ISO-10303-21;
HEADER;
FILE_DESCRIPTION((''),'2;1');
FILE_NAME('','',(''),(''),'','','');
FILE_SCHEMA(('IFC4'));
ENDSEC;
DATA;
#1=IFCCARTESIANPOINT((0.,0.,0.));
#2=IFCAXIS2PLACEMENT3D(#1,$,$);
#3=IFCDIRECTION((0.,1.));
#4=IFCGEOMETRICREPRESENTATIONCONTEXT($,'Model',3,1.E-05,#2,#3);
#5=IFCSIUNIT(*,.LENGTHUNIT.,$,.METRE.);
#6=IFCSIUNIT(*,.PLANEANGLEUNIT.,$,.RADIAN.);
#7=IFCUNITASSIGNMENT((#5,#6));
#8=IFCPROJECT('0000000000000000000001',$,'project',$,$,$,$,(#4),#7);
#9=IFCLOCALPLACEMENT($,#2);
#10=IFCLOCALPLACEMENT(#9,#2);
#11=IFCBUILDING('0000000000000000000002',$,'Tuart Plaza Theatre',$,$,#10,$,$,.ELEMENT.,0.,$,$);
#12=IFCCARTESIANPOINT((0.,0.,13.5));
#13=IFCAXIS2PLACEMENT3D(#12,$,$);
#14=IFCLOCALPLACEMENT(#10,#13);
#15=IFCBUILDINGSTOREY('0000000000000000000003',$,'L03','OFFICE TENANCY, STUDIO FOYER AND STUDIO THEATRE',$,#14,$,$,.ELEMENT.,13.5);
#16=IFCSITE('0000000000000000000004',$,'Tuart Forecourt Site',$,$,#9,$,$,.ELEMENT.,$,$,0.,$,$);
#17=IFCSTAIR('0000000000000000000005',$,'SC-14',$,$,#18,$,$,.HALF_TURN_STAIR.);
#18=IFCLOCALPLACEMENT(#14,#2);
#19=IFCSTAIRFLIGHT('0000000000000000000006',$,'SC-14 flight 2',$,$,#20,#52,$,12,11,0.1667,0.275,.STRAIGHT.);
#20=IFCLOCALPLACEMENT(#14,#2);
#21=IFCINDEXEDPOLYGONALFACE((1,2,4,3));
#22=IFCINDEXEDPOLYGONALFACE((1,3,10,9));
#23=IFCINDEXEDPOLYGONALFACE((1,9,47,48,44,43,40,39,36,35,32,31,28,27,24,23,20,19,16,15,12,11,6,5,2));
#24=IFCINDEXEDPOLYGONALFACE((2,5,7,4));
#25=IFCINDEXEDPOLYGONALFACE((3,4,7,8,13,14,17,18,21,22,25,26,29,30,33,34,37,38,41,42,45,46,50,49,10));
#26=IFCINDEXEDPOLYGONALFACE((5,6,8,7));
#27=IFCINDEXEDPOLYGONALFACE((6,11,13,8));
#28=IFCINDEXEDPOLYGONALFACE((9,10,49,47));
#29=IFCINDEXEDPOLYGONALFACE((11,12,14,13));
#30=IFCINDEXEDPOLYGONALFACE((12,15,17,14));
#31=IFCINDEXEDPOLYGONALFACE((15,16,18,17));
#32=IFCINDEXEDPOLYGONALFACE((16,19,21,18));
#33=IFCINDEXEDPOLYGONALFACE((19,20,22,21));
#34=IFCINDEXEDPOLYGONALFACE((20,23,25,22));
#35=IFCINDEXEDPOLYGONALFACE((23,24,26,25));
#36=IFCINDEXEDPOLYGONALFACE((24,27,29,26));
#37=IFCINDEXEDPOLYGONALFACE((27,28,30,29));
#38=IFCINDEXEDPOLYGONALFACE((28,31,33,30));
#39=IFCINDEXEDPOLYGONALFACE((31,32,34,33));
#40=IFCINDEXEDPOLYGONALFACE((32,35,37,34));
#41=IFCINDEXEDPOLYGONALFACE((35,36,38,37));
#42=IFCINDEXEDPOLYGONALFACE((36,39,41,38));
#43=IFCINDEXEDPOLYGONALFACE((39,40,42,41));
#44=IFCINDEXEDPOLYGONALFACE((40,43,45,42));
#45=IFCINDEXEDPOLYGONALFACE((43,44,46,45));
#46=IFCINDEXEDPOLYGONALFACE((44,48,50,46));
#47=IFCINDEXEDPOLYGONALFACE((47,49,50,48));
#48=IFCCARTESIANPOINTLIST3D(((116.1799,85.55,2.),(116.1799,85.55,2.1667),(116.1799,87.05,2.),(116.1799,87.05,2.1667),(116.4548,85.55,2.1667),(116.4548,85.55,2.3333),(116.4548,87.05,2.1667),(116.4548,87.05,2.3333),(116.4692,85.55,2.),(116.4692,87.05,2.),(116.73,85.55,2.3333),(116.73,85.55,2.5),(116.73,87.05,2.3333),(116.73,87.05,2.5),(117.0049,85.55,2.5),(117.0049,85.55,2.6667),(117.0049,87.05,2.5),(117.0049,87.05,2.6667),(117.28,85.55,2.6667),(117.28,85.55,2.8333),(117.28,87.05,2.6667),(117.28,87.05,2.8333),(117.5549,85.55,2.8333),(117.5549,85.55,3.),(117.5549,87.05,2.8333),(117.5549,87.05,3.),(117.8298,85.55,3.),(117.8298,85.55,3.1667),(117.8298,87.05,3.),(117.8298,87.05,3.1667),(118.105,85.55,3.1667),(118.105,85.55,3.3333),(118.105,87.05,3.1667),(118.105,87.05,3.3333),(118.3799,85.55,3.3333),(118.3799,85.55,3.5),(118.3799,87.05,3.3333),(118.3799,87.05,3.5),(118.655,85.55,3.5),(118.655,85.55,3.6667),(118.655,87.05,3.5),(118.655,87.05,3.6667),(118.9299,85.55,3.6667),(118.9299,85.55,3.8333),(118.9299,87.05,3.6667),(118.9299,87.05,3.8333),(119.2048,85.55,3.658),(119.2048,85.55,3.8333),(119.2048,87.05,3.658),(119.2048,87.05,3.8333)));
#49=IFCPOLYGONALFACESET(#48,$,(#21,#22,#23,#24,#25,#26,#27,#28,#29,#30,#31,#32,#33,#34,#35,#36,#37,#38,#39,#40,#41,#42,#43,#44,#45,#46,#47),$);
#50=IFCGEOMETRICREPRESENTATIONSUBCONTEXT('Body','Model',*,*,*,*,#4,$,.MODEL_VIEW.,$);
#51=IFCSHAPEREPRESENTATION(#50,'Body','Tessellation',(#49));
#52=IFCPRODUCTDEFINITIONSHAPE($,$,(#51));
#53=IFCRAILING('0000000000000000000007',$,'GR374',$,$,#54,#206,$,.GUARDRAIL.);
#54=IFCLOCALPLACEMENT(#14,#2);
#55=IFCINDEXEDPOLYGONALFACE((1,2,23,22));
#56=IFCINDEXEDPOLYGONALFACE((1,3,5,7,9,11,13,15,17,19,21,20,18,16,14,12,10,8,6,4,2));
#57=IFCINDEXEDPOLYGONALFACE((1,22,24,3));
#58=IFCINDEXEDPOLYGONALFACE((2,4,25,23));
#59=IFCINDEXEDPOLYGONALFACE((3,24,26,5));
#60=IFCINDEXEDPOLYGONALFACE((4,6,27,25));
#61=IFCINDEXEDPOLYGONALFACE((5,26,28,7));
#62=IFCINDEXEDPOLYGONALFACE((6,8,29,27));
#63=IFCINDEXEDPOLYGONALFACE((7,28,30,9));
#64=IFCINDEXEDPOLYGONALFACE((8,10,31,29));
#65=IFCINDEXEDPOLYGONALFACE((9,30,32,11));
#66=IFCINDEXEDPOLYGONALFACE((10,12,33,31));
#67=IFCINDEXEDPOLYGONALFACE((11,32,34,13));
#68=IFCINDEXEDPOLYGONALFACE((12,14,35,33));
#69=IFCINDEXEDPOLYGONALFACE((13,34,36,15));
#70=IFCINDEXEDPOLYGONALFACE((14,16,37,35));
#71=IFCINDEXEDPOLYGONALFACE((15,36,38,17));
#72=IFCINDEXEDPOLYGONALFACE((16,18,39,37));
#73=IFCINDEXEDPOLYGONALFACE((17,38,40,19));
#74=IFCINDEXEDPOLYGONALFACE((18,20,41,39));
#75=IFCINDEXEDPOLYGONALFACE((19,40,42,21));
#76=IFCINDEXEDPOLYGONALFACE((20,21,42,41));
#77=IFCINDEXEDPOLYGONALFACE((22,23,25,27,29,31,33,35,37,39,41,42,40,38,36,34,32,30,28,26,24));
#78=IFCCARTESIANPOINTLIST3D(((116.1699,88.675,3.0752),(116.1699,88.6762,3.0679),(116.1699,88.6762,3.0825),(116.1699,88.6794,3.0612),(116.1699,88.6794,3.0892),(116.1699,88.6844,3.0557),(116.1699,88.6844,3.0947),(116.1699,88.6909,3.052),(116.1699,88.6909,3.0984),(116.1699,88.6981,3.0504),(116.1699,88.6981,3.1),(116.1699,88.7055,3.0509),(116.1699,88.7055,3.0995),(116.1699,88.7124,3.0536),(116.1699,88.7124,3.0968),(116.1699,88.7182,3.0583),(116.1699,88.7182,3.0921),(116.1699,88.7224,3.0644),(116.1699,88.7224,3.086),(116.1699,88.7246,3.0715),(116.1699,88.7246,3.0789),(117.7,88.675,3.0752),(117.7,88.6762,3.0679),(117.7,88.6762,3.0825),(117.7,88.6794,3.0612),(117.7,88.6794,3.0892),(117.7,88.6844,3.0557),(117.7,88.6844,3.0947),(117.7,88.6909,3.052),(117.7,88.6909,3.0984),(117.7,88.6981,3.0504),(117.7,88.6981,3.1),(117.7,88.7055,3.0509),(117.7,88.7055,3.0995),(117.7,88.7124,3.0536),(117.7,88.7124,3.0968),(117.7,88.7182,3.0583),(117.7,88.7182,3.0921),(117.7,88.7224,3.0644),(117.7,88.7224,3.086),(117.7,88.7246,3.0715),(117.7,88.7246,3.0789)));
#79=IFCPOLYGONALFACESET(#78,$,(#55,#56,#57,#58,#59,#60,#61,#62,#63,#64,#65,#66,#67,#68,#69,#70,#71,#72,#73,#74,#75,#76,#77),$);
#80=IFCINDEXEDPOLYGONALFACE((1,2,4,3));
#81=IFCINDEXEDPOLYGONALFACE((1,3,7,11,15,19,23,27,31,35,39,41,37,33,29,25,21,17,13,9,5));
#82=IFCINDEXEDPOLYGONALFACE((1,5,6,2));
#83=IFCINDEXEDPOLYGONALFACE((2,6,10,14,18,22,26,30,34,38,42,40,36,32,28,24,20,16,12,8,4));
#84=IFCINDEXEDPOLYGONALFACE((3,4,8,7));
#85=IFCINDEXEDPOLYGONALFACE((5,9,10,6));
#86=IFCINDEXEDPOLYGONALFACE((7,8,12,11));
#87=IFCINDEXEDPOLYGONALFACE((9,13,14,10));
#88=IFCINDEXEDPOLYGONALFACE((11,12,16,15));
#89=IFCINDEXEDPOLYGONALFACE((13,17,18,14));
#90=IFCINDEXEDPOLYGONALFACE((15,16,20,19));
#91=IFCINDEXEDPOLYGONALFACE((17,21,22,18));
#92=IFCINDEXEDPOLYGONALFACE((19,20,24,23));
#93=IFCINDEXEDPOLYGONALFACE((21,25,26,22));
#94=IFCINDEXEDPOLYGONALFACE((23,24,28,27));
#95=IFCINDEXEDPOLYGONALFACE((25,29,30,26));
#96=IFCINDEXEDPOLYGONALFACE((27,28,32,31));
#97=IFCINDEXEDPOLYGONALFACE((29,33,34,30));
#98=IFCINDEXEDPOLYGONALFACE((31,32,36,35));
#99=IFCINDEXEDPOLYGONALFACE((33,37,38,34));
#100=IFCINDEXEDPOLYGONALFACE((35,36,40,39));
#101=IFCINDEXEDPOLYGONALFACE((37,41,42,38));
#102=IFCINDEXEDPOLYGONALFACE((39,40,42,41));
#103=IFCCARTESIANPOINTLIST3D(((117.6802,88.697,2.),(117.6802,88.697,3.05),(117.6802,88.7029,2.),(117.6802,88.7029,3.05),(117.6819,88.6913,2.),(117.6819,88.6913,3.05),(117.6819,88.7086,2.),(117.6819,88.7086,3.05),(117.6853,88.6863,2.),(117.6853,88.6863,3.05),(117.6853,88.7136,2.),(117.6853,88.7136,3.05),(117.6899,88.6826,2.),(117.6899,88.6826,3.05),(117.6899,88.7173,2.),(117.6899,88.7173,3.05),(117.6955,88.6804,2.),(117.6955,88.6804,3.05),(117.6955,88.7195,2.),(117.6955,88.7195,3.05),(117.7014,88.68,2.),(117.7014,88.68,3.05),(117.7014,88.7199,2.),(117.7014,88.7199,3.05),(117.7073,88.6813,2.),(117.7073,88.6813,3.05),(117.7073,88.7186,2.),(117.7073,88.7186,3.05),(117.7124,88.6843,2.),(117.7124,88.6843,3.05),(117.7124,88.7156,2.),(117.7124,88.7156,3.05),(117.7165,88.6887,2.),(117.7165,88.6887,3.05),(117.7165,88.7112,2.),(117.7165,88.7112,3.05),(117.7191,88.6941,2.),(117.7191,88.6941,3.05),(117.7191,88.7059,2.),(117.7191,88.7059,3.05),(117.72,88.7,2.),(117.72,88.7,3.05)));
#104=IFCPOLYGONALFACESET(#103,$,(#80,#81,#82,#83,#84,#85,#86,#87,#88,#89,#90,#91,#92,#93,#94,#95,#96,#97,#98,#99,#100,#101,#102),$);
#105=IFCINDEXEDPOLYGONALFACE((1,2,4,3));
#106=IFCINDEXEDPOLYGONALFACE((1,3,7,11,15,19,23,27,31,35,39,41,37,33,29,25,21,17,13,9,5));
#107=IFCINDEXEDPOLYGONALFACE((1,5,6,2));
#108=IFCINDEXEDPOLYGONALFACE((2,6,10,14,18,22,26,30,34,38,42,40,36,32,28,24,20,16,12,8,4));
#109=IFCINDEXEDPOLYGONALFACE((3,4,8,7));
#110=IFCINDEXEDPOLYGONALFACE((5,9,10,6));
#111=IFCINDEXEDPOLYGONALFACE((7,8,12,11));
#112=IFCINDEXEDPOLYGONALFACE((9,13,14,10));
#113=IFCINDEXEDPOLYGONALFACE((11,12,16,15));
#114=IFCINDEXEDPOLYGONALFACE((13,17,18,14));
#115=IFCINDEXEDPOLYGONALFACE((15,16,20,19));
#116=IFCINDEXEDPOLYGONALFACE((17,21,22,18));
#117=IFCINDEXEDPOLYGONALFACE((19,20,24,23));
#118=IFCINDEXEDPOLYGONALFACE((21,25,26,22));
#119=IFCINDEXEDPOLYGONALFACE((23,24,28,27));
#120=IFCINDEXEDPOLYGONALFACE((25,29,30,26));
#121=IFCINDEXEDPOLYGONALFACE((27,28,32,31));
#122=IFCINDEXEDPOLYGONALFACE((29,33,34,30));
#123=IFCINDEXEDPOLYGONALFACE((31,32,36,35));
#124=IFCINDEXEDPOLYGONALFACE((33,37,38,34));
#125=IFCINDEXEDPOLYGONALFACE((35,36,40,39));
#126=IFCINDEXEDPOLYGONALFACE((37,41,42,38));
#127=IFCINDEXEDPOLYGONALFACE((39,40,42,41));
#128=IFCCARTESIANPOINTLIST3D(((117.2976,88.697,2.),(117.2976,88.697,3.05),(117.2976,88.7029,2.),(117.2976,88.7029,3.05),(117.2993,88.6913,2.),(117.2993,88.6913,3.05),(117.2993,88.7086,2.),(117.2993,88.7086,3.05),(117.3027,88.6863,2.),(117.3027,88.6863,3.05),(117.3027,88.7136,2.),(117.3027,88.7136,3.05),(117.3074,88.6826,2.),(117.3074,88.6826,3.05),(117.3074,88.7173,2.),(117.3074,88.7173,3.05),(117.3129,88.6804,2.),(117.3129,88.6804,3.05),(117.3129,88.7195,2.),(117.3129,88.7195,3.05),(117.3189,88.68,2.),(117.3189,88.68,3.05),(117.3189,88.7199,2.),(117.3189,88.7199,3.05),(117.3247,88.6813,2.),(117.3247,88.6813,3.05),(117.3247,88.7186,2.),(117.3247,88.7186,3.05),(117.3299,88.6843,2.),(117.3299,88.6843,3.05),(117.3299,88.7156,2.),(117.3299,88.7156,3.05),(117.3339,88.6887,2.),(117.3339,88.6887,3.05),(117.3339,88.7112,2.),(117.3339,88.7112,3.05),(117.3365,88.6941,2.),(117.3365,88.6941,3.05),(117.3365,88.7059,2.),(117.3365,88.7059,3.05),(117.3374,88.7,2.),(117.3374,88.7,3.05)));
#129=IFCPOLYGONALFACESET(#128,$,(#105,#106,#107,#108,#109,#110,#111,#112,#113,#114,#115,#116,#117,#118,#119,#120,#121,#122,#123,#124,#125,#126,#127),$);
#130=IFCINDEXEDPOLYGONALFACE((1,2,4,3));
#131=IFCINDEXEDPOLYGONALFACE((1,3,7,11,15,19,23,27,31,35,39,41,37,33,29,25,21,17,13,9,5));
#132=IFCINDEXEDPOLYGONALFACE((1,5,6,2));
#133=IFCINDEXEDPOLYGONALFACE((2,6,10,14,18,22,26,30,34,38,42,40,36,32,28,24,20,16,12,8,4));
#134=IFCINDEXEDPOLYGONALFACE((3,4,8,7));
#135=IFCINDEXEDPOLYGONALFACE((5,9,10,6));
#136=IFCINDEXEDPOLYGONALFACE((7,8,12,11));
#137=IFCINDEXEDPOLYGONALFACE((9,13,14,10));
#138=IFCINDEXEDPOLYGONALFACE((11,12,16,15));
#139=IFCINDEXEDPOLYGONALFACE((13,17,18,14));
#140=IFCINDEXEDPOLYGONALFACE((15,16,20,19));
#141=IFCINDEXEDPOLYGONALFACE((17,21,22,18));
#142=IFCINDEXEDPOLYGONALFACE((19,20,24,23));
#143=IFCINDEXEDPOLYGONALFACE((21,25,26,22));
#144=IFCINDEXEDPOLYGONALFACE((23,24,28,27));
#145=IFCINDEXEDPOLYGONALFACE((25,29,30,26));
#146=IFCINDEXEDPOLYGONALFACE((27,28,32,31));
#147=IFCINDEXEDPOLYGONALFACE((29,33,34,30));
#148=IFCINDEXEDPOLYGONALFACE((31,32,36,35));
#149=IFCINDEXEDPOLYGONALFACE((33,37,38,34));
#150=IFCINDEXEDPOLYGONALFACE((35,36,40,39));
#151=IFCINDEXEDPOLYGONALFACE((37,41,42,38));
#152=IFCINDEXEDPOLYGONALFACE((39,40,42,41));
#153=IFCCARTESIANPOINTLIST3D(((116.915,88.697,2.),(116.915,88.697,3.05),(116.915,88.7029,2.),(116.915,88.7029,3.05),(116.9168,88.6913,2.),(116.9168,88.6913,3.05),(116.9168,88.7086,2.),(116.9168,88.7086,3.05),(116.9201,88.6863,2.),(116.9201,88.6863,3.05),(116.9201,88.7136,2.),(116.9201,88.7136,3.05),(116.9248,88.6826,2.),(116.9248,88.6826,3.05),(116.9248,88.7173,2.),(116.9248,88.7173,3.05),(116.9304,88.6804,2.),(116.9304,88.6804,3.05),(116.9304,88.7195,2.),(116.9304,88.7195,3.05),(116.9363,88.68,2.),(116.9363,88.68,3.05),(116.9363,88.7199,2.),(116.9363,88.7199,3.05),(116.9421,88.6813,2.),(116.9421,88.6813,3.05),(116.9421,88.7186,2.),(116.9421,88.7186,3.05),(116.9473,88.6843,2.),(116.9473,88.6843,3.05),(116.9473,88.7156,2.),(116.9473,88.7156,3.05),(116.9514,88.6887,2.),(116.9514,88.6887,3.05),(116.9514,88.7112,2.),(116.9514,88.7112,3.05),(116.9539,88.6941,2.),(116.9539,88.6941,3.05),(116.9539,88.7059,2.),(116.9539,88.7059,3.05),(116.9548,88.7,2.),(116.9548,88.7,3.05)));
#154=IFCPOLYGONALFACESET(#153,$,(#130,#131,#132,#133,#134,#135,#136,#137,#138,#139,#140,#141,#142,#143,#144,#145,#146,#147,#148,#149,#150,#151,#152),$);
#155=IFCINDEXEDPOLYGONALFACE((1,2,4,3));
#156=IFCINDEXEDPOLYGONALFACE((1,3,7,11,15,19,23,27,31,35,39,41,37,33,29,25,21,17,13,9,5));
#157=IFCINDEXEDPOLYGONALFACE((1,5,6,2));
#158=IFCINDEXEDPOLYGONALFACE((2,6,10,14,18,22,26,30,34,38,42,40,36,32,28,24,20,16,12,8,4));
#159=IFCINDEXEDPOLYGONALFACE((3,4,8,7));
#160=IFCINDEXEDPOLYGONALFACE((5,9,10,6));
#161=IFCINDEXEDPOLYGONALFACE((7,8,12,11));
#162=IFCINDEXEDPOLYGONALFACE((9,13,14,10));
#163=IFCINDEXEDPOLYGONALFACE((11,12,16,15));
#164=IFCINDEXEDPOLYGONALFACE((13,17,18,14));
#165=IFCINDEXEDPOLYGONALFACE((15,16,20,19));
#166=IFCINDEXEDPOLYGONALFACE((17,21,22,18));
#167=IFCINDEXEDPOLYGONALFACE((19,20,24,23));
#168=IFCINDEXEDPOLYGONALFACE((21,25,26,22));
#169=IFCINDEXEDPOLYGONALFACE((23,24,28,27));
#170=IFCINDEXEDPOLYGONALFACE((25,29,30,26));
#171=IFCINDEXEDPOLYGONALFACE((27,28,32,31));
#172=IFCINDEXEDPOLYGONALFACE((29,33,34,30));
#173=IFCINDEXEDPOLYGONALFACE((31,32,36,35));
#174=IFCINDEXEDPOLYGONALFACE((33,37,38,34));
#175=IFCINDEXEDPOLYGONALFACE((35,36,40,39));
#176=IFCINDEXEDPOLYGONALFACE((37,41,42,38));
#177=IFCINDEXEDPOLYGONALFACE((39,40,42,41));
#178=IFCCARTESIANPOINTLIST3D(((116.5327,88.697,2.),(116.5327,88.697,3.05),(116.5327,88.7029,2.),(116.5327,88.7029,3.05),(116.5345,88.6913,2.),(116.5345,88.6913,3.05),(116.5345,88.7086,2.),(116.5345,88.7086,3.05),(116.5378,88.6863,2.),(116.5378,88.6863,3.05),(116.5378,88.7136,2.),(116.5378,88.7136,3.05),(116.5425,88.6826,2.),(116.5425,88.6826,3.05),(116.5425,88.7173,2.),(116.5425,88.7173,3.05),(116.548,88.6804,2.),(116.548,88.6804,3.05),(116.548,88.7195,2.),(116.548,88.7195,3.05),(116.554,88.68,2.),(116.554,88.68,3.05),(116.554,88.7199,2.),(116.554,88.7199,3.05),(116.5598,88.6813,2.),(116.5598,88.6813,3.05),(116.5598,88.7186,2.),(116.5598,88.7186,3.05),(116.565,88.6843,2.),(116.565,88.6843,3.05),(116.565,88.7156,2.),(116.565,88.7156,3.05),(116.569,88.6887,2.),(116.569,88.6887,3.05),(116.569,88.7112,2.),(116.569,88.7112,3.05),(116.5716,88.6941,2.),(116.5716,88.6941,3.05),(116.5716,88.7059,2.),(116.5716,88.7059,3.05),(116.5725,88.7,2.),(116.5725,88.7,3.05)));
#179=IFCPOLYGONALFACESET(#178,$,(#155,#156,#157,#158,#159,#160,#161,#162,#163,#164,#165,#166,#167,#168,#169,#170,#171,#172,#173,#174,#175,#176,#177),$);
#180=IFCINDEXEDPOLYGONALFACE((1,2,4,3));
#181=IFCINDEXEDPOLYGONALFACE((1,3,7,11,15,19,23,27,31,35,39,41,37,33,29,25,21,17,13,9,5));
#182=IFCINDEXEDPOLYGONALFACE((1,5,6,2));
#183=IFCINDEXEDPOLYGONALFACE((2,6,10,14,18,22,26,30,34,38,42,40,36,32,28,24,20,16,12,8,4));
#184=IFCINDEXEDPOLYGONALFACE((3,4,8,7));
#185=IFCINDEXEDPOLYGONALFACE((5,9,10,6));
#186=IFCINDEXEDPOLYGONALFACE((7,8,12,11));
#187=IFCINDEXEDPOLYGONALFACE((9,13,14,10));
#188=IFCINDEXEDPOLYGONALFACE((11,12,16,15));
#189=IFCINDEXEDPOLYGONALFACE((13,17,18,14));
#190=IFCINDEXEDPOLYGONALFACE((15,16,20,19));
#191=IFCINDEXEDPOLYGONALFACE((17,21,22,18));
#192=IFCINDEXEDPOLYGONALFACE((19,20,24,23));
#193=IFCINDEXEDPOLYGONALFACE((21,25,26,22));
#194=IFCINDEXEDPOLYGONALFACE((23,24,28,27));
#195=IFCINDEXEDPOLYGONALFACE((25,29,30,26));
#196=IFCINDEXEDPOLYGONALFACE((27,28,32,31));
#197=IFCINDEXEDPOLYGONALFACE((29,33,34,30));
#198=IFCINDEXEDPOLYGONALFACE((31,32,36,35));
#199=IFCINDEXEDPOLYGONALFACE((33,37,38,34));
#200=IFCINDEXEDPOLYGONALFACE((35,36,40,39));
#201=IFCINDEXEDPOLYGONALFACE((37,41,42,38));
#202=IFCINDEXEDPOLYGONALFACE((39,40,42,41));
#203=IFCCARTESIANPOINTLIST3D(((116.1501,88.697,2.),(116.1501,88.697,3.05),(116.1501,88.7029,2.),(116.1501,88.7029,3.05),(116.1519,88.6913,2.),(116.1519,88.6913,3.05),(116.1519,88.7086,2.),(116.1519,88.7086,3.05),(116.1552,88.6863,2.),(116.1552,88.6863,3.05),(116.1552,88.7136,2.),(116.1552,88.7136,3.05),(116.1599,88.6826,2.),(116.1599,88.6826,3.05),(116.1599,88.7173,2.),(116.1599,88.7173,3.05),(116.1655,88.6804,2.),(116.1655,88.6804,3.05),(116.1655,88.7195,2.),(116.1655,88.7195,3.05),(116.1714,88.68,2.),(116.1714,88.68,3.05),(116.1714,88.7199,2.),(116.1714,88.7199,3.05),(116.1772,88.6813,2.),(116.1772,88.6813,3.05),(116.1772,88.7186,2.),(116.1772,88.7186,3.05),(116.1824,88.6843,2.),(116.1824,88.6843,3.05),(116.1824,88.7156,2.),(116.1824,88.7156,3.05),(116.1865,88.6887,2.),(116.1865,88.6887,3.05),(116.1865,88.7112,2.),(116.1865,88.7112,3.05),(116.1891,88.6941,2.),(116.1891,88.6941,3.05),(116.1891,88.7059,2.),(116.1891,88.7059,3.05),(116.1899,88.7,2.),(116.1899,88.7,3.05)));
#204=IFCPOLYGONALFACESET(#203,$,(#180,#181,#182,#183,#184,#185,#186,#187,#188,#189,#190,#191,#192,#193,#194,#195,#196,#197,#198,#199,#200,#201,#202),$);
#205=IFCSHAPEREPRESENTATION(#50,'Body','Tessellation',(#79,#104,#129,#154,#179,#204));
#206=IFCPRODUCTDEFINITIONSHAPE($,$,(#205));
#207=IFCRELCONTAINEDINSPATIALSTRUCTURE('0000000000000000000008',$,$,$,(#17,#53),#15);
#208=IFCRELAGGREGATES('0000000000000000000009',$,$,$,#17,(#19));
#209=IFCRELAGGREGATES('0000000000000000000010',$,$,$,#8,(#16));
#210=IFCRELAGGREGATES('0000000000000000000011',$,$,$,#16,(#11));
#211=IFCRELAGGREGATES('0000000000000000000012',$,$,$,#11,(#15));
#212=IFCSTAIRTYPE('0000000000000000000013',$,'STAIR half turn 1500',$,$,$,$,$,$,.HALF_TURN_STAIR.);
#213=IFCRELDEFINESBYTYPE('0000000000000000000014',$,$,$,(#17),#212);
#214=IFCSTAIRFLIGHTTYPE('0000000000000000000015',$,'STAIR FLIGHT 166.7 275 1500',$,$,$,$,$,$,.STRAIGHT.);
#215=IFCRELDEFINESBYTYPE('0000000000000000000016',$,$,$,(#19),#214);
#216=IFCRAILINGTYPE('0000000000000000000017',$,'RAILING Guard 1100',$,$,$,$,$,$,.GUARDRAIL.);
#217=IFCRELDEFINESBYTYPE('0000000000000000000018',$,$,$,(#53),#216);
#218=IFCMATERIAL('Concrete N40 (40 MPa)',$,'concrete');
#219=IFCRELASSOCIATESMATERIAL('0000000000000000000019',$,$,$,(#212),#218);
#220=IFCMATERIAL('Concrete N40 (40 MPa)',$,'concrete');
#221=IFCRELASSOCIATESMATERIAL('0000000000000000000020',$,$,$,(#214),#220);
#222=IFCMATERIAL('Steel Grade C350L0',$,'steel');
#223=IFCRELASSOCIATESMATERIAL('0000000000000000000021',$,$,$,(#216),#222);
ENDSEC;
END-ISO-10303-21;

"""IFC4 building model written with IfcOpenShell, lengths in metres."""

from ifc_helpers import new_model, si_unit, direction, frame, origin, origin_2d, place, context, subcontext, project, spatial, polyline, circle, outline, extrude, material, type_object, element, aggregate, save


model = new_model("IFC4")

# Units and contexts
model_context = context("Model", 3, precision=1e-05, world=origin(), true_north=direction((0.0, 1.0)))
body_context = subcontext(model_context, "Body", "Model", "MODEL_VIEW")
ifc_project = project(units=[si_unit("LENGTHUNIT", "METRE"), si_unit("PLANEANGLEUNIT", "RADIAN")], contexts=[model_context])

# Site, building, storey
site_placement = place(None, origin())
site = spatial("IfcSite", under=ifc_project, at=site_placement, Name="Tuart Forecourt Site", CompositionType="ELEMENT", RefElevation=0.0)
building_placement = place(site_placement, origin())
building = spatial("IfcBuilding", under=site, at=building_placement, Name="Tuart Plaza Theatre", CompositionType="ELEMENT", ElevationOfRefHeight=0.0)
storey_placement = place(building_placement, frame((0.0, 0.0, 13.5)))
storey = spatial("IfcBuildingStorey", under=building, at=storey_placement, Name="L03", Description="OFFICE TENANCY, STUDIO FOYER AND STUDIO THEATRE", CompositionType="ELEMENT", Elevation=13.5)

# Stair, stair flight
ifc_material_1 = material(Name="Concrete N40 (40 MPa)", Category="concrete")
stair_type = type_object("IfcStairType", Name="STAIR half turn 1500", PredefinedType="HALF_TURN_STAIR", material=ifc_material_1)
stair_placement = place(storey_placement, origin())
stair = element("IfcStair", 1, at=stair_placement, inside=storey, type_object=stair_type, Name="SC-14", PredefinedType="HALF_TURN_STAIR")
ifc_material_2 = material(Name="Concrete N40 (40 MPa)", Category="concrete")
stair_flight_type = type_object("IfcStairFlightType", Name="STAIR FLIGHT 166.7 275 1500", PredefinedType="STRAIGHT", material=ifc_material_2)
stair_flight_1_placement = place(storey_placement, frame((116.1799, 86.3, 2.0), z_axis=(0.0, 0.0, 1.0), x_axis=(1.0, 0.0, 0.0)))
stair_flight_1 = element("IfcStairFlight", 2, at=stair_flight_1_placement, type_object=stair_flight_type, Name="SC-14 flight 2", NumberOfRisers=12, NumberOfTreads=11, PredefinedType="STRAIGHT", RiserHeight=0.1667, TreadLength=0.275, context=body_context, shape_type="SweptSolid", body=[
    extrude(outline(polyline([(0.0, 0.0), (0.0, 0.1667), (0.2749, 0.1667), (0.2749, 0.3333), (0.55, 0.3333), (0.55, 0.5), (0.825, 0.5), (0.825, 0.6667), (1.1001, 0.6667), (1.1001, 0.8333), (1.375, 0.8333), (1.375, 1.0), (1.6499, 1.0), (1.6499, 1.1667), (1.925, 1.1667), (1.925, 1.3333), (2.2, 1.3333), (2.2, 1.5), (2.4751, 1.5), (2.4751, 1.6667), (2.75, 1.6667), (2.75, 1.8333), (3.0249, 1.8333), (3.0249, 2.0), (3.0249, 1.658), (0.2893, 0.0), (0.0, 0.0)])), frame((0.0, 0.75, 0.0), z_axis=(0.0, -1.0, 0.0), x_axis=(1.0, 0.0, 0.0)), (0.0, 0.0, 1.0), 1.5),
])
aggregate(stair, [stair_flight_1])

# Railing
ifc_material_3 = material(Name="Steel Grade C350L0", Category="steel")
railing_type_1 = type_object("IfcRailingType", Name="RAILING Guard 1100", PredefinedType="GUARDRAIL", material=ifc_material_3)
railing_1_placement = place(storey_placement, frame((117.7, 88.7, 2.0)))
element("IfcRailing", 3, at=railing_1_placement, inside=storey, type_object=railing_type_1, Name="GR374", PredefinedType="GUARDRAIL", context=body_context, shape_type="SweptSolid", body=[
    extrude(circle(Radius=0.0249, at=origin_2d()), frame((0.0, 0.0, 1.0752), z_axis=(-1.0, 0.0, 0.0), x_axis=(0.0, -1.0, 0.0)), (0.0, 0.0, 1.0), 1.53),
    extrude(circle(Radius=0.02, at=origin_2d()), origin(), (0.0, 0.0, 1.0), 1.05),
    extrude(circle(Radius=0.02, at=origin_2d()), frame((-0.3826, 0.0, 0.0)), (0.0, 0.0, 1.0), 1.05),
    extrude(circle(Radius=0.02, at=origin_2d()), frame((-0.7651, 0.0, 0.0)), (0.0, 0.0, 1.0), 1.05),
    extrude(circle(Radius=0.02, at=origin_2d()), frame((-1.1475, 0.0, 0.0)), (0.0, 0.0, 1.0), 1.05),
    extrude(circle(Radius=0.02, at=origin_2d()), frame((-1.53, 0.0, 0.0)), (0.0, 0.0, 1.0), 1.05),
])

save(model, "model.ifc")
